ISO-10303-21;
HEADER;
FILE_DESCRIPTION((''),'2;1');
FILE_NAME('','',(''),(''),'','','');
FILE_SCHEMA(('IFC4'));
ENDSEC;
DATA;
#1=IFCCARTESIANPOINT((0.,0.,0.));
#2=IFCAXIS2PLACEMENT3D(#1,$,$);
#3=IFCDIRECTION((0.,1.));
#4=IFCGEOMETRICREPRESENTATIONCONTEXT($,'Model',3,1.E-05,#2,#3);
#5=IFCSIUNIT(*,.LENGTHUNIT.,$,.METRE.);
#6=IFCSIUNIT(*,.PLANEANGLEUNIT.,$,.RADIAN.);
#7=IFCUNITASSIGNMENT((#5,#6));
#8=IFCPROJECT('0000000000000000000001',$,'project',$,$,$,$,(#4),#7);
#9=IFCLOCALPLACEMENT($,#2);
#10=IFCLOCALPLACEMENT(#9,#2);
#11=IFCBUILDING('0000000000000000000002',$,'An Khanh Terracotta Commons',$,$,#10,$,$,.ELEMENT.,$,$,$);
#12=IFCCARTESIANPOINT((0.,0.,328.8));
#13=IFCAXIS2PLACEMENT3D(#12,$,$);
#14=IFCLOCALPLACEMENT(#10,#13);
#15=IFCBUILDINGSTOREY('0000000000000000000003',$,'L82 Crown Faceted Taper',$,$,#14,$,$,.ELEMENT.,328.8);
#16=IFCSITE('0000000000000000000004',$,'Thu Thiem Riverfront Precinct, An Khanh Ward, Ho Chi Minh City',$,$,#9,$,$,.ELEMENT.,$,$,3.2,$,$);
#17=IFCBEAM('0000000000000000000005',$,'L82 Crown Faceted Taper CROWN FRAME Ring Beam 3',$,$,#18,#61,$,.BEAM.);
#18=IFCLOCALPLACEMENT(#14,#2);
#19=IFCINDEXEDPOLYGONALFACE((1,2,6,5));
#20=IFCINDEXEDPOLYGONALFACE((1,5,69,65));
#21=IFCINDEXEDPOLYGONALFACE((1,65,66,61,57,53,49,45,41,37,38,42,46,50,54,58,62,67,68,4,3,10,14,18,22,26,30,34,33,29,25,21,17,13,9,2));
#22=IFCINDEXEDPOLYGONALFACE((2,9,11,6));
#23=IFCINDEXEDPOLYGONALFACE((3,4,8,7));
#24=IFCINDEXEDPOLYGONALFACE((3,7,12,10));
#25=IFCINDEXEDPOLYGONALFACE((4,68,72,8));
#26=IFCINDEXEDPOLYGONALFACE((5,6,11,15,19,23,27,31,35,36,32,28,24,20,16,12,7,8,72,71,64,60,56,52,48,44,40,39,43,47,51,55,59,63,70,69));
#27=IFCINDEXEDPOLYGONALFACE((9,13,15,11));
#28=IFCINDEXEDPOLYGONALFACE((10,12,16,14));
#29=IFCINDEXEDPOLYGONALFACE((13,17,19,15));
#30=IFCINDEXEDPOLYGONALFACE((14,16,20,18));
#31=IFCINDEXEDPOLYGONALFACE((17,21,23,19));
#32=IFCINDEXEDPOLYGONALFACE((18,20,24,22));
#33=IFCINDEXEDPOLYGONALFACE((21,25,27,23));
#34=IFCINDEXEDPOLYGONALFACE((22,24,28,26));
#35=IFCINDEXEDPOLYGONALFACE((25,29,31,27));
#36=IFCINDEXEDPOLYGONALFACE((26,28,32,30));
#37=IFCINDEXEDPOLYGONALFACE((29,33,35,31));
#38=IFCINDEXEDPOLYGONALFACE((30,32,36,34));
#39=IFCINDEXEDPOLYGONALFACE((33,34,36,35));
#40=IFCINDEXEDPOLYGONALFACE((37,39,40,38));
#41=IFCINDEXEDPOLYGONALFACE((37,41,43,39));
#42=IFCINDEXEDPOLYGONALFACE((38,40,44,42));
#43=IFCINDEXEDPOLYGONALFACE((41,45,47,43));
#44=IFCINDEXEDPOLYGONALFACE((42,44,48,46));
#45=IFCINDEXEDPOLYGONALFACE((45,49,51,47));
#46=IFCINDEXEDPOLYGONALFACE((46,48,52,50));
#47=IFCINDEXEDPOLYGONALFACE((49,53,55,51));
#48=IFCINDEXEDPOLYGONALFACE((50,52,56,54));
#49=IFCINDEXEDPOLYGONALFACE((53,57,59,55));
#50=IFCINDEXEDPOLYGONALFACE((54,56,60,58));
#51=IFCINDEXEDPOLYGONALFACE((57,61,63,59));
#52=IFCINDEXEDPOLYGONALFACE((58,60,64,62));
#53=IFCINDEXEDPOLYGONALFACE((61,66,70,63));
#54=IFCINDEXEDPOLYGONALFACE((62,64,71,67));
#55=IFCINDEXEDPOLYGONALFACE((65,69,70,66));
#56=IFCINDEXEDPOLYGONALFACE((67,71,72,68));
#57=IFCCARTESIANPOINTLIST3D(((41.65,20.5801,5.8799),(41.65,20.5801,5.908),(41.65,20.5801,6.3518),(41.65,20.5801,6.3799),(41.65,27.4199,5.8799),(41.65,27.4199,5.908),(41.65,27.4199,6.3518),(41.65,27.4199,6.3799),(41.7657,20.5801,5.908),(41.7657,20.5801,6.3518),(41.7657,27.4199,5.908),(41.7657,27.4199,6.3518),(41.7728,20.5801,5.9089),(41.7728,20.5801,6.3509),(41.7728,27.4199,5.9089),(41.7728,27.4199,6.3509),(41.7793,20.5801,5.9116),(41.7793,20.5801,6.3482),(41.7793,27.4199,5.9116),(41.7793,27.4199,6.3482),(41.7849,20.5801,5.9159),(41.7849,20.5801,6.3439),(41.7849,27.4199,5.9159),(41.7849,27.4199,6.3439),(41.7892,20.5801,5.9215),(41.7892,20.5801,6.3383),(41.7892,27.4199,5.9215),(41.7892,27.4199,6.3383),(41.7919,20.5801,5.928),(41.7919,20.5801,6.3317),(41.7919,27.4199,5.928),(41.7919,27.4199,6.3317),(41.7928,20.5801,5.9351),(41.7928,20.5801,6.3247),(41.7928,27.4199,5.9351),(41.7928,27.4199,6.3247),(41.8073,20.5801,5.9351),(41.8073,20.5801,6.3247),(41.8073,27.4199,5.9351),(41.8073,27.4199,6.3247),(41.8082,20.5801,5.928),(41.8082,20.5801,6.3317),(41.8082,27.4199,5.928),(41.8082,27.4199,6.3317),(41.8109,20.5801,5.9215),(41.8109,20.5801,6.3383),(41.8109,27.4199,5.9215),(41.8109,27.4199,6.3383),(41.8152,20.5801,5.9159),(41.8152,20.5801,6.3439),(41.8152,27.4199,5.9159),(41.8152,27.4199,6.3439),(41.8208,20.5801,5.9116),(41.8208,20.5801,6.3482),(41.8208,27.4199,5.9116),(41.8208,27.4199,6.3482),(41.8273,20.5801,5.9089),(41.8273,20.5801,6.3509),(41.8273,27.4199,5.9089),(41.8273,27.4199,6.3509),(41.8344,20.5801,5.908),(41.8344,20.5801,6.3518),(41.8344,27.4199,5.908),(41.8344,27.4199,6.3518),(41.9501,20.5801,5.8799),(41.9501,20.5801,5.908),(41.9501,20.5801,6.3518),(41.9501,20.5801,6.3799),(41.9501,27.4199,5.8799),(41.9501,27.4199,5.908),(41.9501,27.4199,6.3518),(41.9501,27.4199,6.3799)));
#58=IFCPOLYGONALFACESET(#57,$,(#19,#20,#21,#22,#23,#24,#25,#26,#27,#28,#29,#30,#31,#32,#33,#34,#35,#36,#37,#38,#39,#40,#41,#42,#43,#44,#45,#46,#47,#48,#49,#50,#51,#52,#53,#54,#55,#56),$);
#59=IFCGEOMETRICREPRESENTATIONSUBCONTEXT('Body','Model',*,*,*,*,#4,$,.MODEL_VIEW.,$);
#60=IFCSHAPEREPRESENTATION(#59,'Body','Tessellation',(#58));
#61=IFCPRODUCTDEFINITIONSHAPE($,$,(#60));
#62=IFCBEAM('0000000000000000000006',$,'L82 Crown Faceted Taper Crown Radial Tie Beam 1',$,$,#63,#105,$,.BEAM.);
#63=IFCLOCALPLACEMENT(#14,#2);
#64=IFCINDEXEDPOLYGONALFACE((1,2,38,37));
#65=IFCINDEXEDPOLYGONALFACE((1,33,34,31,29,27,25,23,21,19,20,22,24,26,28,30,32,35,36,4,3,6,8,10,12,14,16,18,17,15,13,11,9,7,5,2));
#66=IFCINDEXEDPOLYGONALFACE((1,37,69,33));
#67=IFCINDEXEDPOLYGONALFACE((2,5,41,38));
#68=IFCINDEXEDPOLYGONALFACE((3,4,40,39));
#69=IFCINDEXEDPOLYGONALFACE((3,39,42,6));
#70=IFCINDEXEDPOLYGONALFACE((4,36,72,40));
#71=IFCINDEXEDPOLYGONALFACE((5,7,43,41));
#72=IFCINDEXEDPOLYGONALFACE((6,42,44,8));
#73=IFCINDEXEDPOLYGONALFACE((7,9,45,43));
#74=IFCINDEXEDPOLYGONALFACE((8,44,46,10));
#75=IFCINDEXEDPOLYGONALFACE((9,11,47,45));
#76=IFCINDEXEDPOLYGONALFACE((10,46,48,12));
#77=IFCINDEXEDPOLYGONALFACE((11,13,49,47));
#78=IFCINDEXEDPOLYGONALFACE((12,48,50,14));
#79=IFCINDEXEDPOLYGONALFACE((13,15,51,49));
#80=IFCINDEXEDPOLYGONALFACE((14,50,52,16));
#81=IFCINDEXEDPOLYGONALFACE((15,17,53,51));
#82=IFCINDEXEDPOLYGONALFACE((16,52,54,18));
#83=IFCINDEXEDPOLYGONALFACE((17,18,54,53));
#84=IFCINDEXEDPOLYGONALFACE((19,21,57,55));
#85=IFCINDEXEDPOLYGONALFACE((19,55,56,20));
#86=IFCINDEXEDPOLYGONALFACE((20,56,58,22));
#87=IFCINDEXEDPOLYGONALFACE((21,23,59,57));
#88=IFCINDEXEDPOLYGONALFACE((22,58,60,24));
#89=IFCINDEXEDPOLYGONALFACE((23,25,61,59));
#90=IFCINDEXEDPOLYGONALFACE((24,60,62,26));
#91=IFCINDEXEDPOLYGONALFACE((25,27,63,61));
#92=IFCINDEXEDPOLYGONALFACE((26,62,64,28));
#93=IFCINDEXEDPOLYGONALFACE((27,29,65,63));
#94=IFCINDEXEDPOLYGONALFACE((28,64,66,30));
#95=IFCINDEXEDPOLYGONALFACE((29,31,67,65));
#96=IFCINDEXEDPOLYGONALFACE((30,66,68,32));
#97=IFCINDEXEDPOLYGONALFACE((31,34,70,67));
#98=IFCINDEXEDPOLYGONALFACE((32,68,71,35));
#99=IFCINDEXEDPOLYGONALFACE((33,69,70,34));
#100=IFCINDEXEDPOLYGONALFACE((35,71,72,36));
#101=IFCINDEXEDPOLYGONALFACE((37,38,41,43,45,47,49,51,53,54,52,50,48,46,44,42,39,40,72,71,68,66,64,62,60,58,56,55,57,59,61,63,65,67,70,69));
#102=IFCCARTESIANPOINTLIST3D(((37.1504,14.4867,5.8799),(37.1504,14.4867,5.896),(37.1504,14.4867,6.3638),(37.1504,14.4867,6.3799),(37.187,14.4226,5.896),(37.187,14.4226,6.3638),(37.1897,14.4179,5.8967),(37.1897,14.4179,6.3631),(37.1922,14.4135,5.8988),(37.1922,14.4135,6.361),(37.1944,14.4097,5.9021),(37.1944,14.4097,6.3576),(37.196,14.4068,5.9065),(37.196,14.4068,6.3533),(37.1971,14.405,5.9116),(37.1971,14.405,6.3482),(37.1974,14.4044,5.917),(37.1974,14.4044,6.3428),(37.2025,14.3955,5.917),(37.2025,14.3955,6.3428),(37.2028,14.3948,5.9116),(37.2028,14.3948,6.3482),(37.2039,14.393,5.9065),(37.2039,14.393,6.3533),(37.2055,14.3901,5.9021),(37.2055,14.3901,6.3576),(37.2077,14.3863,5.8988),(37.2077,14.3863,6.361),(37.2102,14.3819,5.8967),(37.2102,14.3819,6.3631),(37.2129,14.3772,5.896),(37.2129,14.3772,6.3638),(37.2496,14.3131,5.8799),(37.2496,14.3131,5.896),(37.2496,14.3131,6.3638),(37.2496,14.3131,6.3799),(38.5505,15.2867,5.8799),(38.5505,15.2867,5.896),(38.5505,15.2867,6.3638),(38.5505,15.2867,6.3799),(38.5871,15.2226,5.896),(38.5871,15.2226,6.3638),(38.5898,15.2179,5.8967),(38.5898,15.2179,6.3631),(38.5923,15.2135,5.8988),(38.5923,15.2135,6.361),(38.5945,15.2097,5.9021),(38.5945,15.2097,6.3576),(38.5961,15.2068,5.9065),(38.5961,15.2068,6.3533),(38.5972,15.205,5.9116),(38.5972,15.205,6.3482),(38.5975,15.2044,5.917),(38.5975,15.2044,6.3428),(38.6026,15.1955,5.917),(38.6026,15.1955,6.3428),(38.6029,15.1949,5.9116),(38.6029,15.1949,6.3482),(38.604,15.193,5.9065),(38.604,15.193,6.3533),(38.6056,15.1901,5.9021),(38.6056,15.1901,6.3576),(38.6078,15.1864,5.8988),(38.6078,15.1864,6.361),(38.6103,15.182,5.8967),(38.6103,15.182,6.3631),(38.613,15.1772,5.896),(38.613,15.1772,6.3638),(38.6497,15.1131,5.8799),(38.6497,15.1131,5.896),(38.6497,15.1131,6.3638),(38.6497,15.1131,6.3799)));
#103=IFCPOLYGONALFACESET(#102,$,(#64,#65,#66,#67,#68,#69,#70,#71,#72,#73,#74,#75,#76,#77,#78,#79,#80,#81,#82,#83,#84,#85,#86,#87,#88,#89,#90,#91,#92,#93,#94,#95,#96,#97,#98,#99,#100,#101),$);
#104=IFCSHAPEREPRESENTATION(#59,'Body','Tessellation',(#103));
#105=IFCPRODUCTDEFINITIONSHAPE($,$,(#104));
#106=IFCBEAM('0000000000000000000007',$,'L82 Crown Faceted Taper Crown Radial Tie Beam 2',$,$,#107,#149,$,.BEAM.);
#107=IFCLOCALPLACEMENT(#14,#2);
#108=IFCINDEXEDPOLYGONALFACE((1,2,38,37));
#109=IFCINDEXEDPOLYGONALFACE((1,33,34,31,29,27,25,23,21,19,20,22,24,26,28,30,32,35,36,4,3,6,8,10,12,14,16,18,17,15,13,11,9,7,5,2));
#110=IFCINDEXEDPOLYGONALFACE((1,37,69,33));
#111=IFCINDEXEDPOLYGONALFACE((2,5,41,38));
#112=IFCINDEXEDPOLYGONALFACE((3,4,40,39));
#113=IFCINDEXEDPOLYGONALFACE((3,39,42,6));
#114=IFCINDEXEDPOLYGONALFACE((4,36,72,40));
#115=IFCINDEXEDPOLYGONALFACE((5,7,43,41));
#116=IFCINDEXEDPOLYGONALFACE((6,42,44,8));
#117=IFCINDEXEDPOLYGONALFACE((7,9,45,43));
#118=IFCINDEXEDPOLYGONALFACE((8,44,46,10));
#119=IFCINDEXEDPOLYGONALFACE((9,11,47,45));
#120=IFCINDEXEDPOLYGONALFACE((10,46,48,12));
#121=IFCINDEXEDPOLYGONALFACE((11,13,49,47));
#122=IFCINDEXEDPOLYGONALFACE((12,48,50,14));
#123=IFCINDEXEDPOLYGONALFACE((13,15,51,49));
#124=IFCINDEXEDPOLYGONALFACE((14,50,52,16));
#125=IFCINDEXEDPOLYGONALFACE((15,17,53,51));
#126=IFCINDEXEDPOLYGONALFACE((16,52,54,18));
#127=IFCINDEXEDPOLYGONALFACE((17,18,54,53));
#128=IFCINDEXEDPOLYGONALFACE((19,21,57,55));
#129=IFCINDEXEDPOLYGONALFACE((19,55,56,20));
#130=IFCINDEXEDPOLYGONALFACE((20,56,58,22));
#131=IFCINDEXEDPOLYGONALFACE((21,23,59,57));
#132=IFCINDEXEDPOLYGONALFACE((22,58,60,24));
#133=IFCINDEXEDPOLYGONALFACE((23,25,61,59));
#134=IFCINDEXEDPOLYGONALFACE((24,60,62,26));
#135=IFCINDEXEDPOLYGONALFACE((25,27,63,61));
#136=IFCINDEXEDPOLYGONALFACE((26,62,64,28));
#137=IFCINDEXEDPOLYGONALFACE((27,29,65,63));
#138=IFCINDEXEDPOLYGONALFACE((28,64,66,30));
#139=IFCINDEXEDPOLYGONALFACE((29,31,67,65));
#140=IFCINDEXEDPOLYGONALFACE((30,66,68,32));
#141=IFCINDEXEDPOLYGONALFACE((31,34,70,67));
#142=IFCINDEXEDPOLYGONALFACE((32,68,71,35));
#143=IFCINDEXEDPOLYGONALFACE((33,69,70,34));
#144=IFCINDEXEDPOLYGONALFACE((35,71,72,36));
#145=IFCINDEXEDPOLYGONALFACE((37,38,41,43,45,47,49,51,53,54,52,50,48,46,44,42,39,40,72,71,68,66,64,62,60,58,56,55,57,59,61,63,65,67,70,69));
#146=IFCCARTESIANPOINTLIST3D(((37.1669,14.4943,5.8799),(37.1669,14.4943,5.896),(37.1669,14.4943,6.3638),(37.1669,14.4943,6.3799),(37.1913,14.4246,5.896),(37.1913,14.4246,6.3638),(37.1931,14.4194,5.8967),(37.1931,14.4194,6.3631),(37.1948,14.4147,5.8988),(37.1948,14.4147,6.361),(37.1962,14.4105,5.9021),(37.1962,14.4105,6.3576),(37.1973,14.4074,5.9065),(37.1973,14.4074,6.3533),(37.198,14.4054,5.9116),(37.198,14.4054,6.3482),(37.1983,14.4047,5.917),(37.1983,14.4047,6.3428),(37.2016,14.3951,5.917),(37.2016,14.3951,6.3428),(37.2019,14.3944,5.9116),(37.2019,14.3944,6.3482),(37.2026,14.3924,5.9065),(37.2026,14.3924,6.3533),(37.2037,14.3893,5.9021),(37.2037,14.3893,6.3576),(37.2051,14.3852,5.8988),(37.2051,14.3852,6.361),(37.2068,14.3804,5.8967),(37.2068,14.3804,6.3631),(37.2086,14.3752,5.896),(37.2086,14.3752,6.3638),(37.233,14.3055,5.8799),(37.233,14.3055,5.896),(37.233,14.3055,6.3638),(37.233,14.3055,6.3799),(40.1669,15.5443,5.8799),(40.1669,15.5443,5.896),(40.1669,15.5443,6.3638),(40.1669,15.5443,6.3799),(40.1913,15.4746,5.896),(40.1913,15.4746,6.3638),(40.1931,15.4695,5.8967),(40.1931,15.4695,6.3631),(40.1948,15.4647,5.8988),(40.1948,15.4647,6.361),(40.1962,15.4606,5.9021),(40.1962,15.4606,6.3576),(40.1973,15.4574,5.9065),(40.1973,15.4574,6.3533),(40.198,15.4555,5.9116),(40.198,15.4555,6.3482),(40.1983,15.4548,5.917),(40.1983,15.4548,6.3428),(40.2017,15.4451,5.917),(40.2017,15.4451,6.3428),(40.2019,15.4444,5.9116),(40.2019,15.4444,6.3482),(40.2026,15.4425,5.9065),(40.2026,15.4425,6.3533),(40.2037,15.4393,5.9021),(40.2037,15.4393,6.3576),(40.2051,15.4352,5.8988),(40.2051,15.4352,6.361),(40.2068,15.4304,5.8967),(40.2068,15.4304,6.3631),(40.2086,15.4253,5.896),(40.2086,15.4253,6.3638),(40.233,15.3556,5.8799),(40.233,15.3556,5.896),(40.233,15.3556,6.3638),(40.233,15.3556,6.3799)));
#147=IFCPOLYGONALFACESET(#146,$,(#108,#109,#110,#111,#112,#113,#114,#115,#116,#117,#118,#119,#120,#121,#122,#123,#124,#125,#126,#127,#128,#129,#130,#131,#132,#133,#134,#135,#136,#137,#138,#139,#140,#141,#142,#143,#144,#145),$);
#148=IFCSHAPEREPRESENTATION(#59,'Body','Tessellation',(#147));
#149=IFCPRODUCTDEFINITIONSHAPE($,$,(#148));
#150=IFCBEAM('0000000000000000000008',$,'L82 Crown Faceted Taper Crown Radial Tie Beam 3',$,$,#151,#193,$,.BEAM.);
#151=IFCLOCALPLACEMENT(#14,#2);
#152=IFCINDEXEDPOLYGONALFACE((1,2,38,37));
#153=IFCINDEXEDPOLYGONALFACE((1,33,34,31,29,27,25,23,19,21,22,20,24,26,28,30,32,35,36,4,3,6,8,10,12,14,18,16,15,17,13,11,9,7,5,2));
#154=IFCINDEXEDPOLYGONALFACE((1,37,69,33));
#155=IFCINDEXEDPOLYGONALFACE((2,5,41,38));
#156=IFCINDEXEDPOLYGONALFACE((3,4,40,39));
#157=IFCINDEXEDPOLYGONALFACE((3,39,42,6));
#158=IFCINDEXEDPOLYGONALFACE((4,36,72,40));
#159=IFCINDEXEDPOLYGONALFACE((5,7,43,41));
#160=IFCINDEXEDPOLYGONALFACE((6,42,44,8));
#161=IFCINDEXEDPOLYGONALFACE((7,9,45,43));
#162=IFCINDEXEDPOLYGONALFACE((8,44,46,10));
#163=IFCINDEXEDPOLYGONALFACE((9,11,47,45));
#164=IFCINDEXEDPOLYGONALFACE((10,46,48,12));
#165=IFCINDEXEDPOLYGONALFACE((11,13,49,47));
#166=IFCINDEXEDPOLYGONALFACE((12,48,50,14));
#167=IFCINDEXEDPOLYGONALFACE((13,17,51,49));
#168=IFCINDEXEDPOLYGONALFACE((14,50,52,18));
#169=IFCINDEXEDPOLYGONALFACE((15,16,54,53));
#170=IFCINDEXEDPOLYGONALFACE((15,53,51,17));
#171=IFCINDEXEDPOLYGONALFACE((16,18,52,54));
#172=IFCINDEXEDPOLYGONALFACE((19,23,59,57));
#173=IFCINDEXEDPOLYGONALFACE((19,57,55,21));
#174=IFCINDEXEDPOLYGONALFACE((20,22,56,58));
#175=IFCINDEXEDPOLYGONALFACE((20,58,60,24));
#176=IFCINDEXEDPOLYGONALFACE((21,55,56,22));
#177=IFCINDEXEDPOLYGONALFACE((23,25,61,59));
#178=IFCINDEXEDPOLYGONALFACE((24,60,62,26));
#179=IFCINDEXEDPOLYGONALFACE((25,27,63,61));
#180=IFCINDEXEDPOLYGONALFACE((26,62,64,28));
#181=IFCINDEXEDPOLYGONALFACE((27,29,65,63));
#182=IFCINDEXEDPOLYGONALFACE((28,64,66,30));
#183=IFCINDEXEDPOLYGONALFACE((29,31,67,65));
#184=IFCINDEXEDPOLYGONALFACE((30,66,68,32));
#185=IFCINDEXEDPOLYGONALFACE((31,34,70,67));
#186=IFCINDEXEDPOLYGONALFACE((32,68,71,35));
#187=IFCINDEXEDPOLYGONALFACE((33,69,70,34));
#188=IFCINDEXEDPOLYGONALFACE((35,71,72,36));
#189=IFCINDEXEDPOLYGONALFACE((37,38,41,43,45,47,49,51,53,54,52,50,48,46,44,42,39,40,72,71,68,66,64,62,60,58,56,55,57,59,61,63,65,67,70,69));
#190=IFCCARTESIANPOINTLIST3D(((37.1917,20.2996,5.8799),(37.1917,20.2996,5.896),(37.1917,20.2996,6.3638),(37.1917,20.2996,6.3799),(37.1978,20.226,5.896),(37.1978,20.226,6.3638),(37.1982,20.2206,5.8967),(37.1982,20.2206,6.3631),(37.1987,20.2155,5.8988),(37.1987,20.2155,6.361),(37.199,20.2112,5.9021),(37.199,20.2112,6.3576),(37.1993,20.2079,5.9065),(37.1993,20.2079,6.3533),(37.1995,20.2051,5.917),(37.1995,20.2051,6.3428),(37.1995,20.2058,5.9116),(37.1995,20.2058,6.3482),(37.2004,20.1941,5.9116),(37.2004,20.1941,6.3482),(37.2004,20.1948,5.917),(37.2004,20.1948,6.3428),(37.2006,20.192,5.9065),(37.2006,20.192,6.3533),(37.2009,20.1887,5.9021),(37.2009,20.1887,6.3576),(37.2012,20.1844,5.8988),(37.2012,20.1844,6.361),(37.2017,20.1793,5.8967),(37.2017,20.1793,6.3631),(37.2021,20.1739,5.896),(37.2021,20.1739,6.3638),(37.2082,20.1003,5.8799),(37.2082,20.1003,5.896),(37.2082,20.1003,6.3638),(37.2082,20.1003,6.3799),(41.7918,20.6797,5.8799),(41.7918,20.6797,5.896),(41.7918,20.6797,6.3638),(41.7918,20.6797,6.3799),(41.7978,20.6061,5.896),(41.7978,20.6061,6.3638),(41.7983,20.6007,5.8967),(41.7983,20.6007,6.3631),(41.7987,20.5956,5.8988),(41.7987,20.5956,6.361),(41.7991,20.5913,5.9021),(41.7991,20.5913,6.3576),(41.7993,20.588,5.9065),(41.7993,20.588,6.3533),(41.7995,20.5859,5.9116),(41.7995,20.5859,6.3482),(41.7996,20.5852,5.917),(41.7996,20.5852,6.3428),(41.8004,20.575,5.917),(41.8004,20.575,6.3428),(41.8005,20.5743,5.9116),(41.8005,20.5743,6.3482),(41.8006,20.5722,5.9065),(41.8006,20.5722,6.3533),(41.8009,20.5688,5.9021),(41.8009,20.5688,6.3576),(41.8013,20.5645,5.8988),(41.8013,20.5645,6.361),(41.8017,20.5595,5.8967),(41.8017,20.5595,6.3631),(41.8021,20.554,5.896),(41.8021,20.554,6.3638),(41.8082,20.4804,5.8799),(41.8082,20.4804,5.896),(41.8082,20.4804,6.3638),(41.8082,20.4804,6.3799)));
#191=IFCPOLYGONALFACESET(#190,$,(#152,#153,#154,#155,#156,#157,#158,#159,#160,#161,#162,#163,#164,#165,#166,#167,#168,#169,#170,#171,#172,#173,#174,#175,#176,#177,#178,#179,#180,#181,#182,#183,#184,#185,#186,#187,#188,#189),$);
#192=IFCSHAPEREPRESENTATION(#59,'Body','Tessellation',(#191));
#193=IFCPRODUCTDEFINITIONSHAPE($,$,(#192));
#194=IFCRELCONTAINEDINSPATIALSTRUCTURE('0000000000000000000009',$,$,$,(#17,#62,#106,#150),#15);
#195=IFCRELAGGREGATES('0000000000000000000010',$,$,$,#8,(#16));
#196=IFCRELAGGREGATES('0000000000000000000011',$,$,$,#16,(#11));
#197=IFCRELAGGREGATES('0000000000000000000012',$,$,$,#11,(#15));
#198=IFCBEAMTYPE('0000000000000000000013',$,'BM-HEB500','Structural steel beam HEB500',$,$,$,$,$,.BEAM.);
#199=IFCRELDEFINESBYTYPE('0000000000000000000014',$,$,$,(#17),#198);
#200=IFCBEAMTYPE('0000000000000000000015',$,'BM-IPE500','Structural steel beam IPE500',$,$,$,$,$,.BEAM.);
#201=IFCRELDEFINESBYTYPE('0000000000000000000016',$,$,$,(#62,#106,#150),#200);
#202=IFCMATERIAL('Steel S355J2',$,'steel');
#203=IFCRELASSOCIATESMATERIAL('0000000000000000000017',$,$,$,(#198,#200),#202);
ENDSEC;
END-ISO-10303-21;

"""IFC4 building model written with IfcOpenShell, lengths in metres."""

from ifc_helpers import new_model, si_unit, direction, frame, origin, origin_2d, place, context, subcontext, project, spatial, i_section, extrude, material, material_profile, profile_set, type_object, element, save


model = new_model("IFC4")

# Units and contexts
model_context = context("Model", 3, precision=1e-05, world=origin(), true_north=direction((0.0, 1.0)))
body_context = subcontext(model_context, "Body", "Model", "MODEL_VIEW")
ifc_project = project(units=[si_unit("LENGTHUNIT", "METRE"), si_unit("PLANEANGLEUNIT", "RADIAN")], contexts=[model_context])

# Site, building, storey
site_placement = place(None, origin())
site = spatial("IfcSite", under=ifc_project, at=site_placement, Name="Thu Thiem Riverfront Precinct, An Khanh Ward, Ho Chi Minh City", CompositionType="ELEMENT", RefElevation=3.2)
building_placement = place(site_placement, origin())
building = spatial("IfcBuilding", under=site, at=building_placement, Name="An Khanh Terracotta Commons", CompositionType="ELEMENT")
storey_placement = place(building_placement, frame((0.0, 0.0, 328.8)))
storey = spatial("IfcBuildingStorey", under=building, at=storey_placement, Name="L82 Crown Faceted Taper", CompositionType="ELEMENT", Elevation=328.8)

# Beams
ifc_material_1 = material(Name="Steel S355J2", Category="steel")
ifc_material_profile_1 = material_profile(ifc_material_1, i_section(OverallWidth=0.3, OverallDepth=0.5, WebThickness=0.0144, FlangeThickness=0.0281, FilletRadius=0.0271, at=origin_2d()), Name="HEB500")
ifc_profile_set_1 = profile_set([ifc_material_profile_1], Name="Steel S355J2")
beam_type_1 = type_object("IfcBeamType", Name="BM-HEB500", Description="Structural steel beam HEB500", PredefinedType="BEAM", material=ifc_profile_set_1)
beam_1_placement = place(storey_placement, frame((41.8, 20.5801, 6.1299), z_axis=(0.0, 1.0, 0.0), x_axis=(-1.0, 0.0, 0.0)))
element("IfcBeam", 1, at=beam_1_placement, inside=storey, type_object=beam_type_1, Name="L82 Crown Faceted Taper CROWN FRAME Ring Beam 3", PredefinedType="BEAM", context=body_context, shape_type="SweptSolid", body=[
    extrude(i_section(OverallWidth=0.3, OverallDepth=0.5, WebThickness=0.0144, FlangeThickness=0.0281, FilletRadius=0.0271, at=origin_2d()), origin(), (0.0, 0.0, 1.0), 6.8398),
])
ifc_material_profile_2 = material_profile(ifc_material_1, i_section(OverallWidth=0.2, OverallDepth=0.5, WebThickness=0.0103, FlangeThickness=0.0161, FilletRadius=0.021, at=origin_2d()), Name="IPE500")
ifc_profile_set_2 = profile_set([ifc_material_profile_2], Name="Steel S355J2")
beam_type_2 = type_object("IfcBeamType", Name="BM-IPE500", Description="Structural steel beam IPE500", PredefinedType="BEAM", material=ifc_profile_set_2)
beam_2_placement = place(storey_placement, frame((37.2, 14.3999, 6.1299), z_axis=(0.868252, 0.496123, 0.0), x_axis=(-0.496123, 0.868252, 0.0)))
element("IfcBeam", 2, at=beam_2_placement, inside=storey, type_object=beam_type_2, Name="L82 Crown Faceted Taper Crown Radial Tie Beam 1", PredefinedType="BEAM", context=body_context, shape_type="SweptSolid", body=[
    extrude(i_section(OverallWidth=0.2, OverallDepth=0.5, WebThickness=0.0103, FlangeThickness=0.0161, FilletRadius=0.021, at=origin_2d()), origin(), (0.0, 0.0, 1.0), 1.6125),
])
beam_3_placement = place(storey_placement, frame((37.2, 14.3999, 6.1299), z_axis=(0.943854, 0.330364, 0.0), x_axis=(-0.330364, 0.943854, 0.0)))
element("IfcBeam", 3, at=beam_3_placement, inside=storey, type_object=beam_type_2, Name="L82 Crown Faceted Taper Crown Radial Tie Beam 2", PredefinedType="BEAM", context=body_context, shape_type="SweptSolid", body=[
    extrude(i_section(OverallWidth=0.2, OverallDepth=0.5, WebThickness=0.0103, FlangeThickness=0.0161, FilletRadius=0.021, at=origin_2d()), origin(), (0.0, 0.0, 1.0), 3.1785),
])
beam_4_placement = place(storey_placement, frame((37.2, 20.2, 6.1299), z_axis=(0.996603, 0.082354, 0.0), x_axis=(-0.082354, 0.996603, 0.0)))
element("IfcBeam", 4, at=beam_4_placement, inside=storey, type_object=beam_type_2, Name="L82 Crown Faceted Taper Crown Radial Tie Beam 3", PredefinedType="BEAM", context=body_context, shape_type="SweptSolid", body=[
    extrude(i_section(OverallWidth=0.2, OverallDepth=0.5, WebThickness=0.0103, FlangeThickness=0.0161, FilletRadius=0.021, at=origin_2d()), origin(), (0.0, 0.0, 1.0), 4.6157),
])

save(model, "model.ifc")
